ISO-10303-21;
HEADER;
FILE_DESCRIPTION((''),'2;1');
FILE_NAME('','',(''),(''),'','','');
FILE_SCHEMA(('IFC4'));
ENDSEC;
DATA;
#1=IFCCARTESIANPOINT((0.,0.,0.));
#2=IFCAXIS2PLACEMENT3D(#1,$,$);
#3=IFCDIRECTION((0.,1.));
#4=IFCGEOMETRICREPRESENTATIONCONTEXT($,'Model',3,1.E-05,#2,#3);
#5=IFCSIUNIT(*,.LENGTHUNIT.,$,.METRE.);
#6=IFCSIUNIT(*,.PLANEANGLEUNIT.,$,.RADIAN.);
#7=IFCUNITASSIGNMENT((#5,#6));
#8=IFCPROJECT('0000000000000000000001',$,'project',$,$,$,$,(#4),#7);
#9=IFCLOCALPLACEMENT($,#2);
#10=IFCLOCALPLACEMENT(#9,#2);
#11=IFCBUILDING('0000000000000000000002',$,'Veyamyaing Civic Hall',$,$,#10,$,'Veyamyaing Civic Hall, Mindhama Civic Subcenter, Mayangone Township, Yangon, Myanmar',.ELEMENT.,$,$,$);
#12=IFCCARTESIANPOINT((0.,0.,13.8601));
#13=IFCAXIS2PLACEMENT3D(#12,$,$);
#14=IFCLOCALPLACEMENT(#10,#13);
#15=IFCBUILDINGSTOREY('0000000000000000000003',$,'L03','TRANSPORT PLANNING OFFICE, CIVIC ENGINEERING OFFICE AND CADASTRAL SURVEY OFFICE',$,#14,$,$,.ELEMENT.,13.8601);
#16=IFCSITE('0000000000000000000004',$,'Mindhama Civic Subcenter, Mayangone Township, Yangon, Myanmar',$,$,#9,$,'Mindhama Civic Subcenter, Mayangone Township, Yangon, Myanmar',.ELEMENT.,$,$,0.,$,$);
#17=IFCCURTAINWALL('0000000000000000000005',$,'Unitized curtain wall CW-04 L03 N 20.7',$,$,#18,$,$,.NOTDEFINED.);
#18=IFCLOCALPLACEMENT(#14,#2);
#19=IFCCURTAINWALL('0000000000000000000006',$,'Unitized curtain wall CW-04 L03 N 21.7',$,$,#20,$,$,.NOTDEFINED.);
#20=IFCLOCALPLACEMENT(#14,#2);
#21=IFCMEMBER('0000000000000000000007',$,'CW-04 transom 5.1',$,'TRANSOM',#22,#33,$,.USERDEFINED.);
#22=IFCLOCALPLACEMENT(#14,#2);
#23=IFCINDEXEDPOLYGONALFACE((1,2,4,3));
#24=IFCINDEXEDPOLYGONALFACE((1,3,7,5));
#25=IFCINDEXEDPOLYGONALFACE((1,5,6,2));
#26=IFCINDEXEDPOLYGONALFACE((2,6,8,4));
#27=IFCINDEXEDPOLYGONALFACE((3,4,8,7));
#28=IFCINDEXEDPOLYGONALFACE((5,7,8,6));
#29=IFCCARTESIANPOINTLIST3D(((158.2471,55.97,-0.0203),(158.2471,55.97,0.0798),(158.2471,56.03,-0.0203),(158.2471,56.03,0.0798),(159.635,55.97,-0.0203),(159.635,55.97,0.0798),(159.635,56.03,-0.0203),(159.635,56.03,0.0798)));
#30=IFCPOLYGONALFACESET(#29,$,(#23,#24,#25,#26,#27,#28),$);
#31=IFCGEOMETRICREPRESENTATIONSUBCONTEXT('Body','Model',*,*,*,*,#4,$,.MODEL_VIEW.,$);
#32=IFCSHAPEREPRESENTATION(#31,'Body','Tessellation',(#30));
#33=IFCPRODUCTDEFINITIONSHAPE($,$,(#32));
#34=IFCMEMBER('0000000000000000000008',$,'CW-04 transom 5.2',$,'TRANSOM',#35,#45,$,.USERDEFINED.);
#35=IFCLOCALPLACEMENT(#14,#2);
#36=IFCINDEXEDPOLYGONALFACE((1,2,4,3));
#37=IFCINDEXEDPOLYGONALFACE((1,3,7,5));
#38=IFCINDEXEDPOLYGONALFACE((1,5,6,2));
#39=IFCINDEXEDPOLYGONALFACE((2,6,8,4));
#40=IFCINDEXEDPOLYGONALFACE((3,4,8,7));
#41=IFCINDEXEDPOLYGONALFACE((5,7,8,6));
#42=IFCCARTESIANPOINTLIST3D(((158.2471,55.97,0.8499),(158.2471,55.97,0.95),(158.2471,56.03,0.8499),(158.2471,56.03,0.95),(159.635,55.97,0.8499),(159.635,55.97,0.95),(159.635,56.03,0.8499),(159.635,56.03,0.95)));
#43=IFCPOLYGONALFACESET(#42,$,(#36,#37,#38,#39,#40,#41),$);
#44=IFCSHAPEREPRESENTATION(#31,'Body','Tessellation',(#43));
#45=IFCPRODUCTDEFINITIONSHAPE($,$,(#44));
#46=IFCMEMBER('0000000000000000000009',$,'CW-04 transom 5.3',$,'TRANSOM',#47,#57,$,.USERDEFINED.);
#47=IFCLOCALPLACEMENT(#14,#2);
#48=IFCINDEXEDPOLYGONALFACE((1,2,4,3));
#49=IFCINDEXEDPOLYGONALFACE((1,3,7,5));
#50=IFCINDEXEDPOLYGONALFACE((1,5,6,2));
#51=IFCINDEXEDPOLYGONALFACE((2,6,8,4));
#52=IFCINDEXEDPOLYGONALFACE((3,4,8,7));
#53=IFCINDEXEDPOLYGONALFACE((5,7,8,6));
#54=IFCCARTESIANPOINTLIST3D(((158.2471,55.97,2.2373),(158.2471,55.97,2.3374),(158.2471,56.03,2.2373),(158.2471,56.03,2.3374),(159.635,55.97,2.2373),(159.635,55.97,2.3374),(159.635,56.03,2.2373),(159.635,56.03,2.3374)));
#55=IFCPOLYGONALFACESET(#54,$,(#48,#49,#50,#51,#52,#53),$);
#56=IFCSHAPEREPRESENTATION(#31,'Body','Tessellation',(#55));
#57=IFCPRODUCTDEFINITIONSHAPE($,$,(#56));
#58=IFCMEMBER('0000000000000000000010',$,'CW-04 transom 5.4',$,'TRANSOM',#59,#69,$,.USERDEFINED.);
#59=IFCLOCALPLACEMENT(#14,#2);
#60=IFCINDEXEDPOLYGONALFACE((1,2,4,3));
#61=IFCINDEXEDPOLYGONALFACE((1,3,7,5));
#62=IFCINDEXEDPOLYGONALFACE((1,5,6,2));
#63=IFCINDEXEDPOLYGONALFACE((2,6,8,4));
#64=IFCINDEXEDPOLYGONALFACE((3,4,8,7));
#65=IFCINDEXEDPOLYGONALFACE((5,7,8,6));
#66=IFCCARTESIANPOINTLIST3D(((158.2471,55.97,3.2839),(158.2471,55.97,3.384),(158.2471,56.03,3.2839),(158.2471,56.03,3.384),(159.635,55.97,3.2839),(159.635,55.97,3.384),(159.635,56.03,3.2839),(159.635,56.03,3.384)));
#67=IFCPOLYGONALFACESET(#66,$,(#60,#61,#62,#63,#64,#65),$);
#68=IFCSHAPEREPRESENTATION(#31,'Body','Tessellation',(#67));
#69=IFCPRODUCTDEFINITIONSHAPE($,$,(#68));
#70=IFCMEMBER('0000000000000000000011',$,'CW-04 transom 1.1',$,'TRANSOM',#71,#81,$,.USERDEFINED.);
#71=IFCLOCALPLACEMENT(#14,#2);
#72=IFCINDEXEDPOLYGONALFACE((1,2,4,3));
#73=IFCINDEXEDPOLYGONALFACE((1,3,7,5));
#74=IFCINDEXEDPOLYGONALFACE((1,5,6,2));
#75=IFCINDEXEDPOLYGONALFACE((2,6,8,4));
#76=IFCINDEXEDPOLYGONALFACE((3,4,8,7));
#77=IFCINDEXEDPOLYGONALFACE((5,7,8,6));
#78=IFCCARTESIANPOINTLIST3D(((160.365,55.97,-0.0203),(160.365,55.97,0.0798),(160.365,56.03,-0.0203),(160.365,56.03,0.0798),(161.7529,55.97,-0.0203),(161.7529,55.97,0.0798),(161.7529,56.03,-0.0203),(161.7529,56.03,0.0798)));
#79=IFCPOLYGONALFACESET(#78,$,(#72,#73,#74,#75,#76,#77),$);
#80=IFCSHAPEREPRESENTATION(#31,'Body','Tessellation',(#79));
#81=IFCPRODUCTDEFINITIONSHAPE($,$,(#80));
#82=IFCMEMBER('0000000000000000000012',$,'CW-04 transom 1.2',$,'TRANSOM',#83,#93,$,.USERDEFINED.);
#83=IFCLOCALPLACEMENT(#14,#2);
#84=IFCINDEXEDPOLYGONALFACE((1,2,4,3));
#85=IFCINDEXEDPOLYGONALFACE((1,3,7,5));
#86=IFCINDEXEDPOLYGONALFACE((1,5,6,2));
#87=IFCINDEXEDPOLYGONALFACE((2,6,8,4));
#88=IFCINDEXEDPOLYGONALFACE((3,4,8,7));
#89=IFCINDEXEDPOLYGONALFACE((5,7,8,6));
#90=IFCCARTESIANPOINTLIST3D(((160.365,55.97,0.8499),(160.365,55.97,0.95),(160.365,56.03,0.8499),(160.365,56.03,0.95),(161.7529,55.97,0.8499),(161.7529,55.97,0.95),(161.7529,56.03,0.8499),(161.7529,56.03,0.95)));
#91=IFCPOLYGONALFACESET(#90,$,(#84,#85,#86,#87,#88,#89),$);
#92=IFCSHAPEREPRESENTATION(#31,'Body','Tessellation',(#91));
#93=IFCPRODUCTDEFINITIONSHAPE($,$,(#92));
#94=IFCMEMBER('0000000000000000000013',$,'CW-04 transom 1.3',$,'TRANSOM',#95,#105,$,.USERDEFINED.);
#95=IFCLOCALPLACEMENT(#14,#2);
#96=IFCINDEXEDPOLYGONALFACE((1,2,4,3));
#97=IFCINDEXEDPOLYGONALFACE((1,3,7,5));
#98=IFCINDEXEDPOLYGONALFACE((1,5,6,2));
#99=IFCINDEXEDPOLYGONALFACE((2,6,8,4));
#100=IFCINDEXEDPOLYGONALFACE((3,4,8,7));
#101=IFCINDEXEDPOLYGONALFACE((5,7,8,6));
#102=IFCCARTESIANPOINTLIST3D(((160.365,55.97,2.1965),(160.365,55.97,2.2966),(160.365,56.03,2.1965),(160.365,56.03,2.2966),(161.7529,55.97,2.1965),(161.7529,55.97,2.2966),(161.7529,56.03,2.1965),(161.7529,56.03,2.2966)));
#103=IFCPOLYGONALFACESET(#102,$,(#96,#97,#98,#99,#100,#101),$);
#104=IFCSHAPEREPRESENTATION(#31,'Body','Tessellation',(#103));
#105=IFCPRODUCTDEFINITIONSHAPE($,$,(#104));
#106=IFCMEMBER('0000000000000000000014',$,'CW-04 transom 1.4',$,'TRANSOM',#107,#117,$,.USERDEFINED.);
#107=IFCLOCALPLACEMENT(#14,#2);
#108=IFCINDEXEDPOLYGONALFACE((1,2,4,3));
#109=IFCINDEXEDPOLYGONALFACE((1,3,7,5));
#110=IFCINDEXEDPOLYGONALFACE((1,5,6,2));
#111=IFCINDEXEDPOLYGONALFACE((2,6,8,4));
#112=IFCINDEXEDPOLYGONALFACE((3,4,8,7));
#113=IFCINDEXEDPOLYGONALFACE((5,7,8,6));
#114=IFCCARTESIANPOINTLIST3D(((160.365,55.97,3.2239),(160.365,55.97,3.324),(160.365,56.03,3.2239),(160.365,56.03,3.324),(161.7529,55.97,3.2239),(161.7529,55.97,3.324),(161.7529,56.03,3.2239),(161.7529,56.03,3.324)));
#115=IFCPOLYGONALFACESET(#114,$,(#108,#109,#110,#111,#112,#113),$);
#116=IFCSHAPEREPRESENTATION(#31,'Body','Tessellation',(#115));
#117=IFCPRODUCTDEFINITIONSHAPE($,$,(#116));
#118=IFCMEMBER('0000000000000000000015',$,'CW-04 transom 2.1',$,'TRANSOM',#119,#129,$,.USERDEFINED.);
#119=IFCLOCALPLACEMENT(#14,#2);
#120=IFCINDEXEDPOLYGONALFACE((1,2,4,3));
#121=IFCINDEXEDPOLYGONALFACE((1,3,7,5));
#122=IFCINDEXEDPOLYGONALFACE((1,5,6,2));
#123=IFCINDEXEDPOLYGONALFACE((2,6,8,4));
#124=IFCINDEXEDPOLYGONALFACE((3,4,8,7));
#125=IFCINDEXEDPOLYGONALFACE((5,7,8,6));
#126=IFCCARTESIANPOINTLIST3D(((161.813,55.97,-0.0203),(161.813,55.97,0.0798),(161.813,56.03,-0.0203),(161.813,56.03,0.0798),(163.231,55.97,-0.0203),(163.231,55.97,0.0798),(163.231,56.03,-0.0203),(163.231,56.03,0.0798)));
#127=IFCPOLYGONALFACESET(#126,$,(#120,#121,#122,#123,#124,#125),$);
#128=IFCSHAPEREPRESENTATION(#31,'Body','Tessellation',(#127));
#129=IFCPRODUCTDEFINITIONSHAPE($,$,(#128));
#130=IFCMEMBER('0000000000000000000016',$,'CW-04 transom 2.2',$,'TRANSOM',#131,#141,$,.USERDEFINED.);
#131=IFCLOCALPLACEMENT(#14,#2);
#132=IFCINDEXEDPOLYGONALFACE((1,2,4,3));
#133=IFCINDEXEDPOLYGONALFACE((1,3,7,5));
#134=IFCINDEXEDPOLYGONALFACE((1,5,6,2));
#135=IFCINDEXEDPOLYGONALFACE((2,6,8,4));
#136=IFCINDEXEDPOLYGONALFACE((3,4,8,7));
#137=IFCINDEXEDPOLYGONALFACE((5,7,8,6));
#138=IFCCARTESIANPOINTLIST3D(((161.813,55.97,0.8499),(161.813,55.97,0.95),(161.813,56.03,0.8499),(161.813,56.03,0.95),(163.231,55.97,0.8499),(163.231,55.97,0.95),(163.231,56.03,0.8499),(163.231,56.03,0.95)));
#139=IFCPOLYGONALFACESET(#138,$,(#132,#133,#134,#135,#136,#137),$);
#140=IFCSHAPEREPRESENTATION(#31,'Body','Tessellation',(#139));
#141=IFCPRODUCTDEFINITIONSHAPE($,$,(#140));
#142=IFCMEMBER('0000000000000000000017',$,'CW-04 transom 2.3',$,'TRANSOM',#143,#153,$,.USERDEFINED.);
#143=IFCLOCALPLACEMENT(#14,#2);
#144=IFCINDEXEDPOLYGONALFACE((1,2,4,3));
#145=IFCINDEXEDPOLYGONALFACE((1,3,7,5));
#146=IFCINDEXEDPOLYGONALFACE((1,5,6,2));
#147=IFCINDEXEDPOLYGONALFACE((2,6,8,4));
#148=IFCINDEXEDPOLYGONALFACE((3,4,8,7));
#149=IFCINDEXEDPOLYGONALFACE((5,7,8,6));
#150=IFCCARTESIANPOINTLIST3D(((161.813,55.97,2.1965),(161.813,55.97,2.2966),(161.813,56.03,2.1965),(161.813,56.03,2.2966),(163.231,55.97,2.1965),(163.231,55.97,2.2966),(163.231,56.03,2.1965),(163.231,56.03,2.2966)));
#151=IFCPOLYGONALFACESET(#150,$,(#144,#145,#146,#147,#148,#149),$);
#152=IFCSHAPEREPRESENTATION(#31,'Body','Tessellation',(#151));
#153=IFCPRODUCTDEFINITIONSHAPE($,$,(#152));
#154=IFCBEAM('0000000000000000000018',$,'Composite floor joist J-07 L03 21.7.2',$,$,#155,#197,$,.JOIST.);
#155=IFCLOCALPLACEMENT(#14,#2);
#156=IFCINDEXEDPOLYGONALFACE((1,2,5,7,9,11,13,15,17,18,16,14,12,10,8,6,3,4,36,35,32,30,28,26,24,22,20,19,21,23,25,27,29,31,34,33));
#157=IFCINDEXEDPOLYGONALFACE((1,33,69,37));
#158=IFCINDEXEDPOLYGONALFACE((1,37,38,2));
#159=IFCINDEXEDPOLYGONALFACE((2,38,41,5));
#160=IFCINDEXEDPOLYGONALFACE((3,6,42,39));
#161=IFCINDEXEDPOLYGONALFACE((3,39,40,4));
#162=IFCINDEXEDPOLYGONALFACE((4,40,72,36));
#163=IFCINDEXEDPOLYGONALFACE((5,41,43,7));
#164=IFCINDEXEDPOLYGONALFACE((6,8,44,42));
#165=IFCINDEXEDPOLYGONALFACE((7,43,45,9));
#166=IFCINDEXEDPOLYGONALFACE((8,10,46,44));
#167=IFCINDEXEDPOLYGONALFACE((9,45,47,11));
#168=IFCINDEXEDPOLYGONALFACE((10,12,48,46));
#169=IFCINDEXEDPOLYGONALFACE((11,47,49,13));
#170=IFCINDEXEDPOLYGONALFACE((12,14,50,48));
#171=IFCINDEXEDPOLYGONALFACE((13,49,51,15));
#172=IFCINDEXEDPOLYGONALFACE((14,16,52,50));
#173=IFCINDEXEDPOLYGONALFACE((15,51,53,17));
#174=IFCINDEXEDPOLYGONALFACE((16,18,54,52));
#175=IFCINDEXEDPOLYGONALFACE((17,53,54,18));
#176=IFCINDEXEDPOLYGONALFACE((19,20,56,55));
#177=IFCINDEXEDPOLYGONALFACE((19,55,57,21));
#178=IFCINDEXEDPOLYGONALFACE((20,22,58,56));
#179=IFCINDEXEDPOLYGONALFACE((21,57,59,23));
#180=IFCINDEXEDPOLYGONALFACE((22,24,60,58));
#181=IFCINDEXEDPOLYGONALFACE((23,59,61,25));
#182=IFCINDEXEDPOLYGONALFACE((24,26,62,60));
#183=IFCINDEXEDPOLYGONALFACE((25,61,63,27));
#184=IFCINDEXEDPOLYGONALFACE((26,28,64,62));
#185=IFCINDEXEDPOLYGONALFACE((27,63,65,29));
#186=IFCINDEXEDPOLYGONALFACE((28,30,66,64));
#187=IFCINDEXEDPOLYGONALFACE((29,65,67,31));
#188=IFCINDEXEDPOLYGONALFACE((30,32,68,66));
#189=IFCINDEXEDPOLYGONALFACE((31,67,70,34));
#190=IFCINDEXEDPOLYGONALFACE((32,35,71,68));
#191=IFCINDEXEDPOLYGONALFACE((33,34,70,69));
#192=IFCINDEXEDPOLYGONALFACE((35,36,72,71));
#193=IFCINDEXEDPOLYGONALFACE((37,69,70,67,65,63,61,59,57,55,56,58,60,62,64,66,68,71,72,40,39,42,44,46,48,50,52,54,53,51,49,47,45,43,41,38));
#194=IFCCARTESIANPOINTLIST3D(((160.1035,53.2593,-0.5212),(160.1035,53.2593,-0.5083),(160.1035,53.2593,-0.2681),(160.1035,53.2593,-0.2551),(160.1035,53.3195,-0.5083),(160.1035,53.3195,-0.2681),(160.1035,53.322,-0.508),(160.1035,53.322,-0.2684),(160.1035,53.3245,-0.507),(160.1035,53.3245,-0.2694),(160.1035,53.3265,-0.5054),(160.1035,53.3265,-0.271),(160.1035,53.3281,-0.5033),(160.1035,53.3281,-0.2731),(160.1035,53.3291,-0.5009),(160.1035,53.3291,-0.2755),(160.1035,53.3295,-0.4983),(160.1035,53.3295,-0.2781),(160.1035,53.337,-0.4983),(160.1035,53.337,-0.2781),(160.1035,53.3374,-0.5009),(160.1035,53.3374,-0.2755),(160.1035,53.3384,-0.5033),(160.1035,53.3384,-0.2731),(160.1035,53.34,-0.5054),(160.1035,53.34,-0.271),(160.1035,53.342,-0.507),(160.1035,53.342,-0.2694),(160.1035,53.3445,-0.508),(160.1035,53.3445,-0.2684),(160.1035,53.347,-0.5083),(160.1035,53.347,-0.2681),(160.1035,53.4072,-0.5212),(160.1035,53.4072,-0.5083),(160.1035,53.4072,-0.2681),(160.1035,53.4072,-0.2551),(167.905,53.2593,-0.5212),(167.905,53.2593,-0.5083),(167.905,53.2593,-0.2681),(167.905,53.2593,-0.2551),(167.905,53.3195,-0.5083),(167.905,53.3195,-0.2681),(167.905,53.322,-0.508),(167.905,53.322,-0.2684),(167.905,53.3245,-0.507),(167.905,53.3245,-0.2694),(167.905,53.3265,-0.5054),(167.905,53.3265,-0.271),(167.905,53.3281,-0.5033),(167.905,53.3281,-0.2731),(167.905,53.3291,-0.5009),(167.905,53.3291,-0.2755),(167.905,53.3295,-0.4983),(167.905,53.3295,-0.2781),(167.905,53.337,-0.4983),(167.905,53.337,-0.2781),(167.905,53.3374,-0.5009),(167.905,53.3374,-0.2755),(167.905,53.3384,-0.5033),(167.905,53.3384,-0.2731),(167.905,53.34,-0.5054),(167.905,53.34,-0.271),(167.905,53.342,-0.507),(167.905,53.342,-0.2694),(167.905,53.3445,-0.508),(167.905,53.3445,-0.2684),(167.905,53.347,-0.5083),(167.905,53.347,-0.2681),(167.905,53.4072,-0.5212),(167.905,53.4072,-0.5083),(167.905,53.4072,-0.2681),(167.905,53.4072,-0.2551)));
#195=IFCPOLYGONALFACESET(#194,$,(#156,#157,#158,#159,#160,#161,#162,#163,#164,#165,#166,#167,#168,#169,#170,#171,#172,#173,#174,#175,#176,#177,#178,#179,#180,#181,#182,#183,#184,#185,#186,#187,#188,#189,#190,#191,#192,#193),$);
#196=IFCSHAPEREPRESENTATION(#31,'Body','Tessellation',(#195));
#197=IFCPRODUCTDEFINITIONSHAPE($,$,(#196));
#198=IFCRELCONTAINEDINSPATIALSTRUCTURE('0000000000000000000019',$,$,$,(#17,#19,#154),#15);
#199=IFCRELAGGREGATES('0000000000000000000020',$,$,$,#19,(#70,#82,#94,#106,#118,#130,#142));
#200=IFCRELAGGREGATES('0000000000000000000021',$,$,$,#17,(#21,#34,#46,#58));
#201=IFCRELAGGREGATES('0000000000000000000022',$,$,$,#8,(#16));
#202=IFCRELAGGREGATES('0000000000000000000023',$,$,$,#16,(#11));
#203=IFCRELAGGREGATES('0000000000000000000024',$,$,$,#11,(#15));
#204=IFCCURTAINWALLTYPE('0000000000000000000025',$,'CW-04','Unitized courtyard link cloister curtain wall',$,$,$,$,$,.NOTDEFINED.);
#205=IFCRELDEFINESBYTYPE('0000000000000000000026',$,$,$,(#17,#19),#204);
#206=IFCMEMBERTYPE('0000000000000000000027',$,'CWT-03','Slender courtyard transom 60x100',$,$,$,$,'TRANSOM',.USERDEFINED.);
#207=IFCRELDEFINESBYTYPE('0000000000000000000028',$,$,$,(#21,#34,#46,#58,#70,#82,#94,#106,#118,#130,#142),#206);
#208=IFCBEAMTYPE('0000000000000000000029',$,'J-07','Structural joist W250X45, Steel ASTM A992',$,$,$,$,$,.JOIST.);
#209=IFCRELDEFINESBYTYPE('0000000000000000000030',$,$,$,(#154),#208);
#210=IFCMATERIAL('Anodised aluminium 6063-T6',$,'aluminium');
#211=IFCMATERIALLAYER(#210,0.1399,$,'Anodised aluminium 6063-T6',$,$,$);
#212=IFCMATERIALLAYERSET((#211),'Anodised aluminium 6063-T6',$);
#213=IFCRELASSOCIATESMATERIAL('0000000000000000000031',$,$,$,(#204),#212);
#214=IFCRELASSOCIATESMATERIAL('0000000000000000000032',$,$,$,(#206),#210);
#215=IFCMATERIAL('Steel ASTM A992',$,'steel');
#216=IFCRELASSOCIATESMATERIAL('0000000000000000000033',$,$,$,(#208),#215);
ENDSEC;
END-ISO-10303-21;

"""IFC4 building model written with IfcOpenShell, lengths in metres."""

from ifc_helpers import new_model, si_unit, direction, frame, origin, origin_2d, place, context, subcontext, project, spatial, rectangle, i_section, extrude, material, layer, layer_set, material_profile, profile_set, type_object, element, aggregate, save


model = new_model("IFC4")

# Units and contexts
model_context = context("Model", 3, precision=1e-05, world=origin(), true_north=direction((0.0, 1.0)))
body_context = subcontext(model_context, "Body", "Model", "MODEL_VIEW")
ifc_project = project(units=[si_unit("LENGTHUNIT", "METRE"), si_unit("PLANEANGLEUNIT", "RADIAN")], contexts=[model_context])

# Site, building, storey
site_placement = place(None, origin())
site = spatial("IfcSite", under=ifc_project, at=site_placement, Name="Mindhama Civic Subcenter, Mayangone Township, Yangon, Myanmar", LongName="Mindhama Civic Subcenter, Mayangone Township, Yangon, Myanmar", CompositionType="ELEMENT", RefElevation=0.0)
building_placement = place(site_placement, origin())
building = spatial("IfcBuilding", under=site, at=building_placement, Name="Veyamyaing Civic Hall", LongName="Veyamyaing Civic Hall, Mindhama Civic Subcenter, Mayangone Township, Yangon, Myanmar", CompositionType="ELEMENT")
storey_placement = place(building_placement, frame((0.0, 0.0, 13.8601)))
storey = spatial("IfcBuildingStorey", under=building, at=storey_placement, Name="L03", Description="TRANSPORT PLANNING OFFICE, CIVIC ENGINEERING OFFICE AND CADASTRAL SURVEY OFFICE", CompositionType="ELEMENT", Elevation=13.8601)

# Shared definitions
ifc_material_1 = material(Name="Steel ASTM A992", Category="steel")

# Curtain walls
ifc_material_2 = material(Name="Anodised aluminium 6063-T6", Category="aluminium")
ifc_layer_1 = layer(ifc_material_2, 0.1399, Name="Anodised aluminium 6063-T6")
ifc_layer_set_1 = layer_set([ifc_layer_1], Name="Anodised aluminium 6063-T6")
curtain_wall_type = type_object("IfcCurtainWallType", Name="CW-04", Description="Unitized courtyard link cloister curtain wall", PredefinedType="NOTDEFINED", material=ifc_layer_set_1)
curtain_wall_1_placement = place(storey_placement, origin())
curtain_wall_1 = element("IfcCurtainWall", 1, at=curtain_wall_1_placement, inside=storey, type_object=curtain_wall_type, Name="Unitized curtain wall CW-04 L03 N 20.7", PredefinedType="NOTDEFINED")
curtain_wall_2_placement = place(storey_placement, origin())
curtain_wall_2 = element("IfcCurtainWall", 2, at=curtain_wall_2_placement, inside=storey, type_object=curtain_wall_type, Name="Unitized curtain wall CW-04 L03 N 21.7", PredefinedType="NOTDEFINED")

# Members
ifc_material_profile_1 = material_profile(ifc_material_2, rectangle(XDim=0.0601, YDim=0.1001, at=origin_2d()), Name="ALU-TRN-60X100")
ifc_profile_set_1 = profile_set([ifc_material_profile_1], Name="Anodised aluminium 6063-T6")
member_type_1 = type_object("IfcMemberType", Name="CWT-03", Description="Slender courtyard transom 60x100", ElementType="TRANSOM", PredefinedType="USERDEFINED", material=ifc_profile_set_1)
member_1_placement = place(storey_placement, frame((158.2471, 56.0, 0.0298), z_axis=(1.0, 0.0, 0.0), x_axis=(0.0, 1.0, 0.0)))
member_1 = element("IfcMember", 3, at=member_1_placement, type_object=member_type_1, Name="CW-04 transom 5.1", ObjectType="TRANSOM", PredefinedType="USERDEFINED", context=body_context, shape_type="SweptSolid", body=[
    extrude(rectangle(XDim=0.0601, YDim=0.1001, at=origin_2d()), origin(), (0.0, 0.0, 1.0), 1.3879),
])
member_2_placement = place(storey_placement, frame((158.2471, 56.0, 0.8999), z_axis=(1.0, 0.0, 0.0), x_axis=(0.0, 1.0, 0.0)))
member_2 = element("IfcMember", 4, at=member_2_placement, type_object=member_type_1, Name="CW-04 transom 5.2", ObjectType="TRANSOM", PredefinedType="USERDEFINED", context=body_context, shape_type="SweptSolid", body=[
    extrude(rectangle(XDim=0.0601, YDim=0.1001, at=origin_2d()), origin(), (0.0, 0.0, 1.0), 1.3879),
])
member_3_placement = place(storey_placement, frame((158.2471, 56.0, 2.2874), z_axis=(1.0, 0.0, 0.0), x_axis=(0.0, 1.0, 0.0)))
member_3 = element("IfcMember", 5, at=member_3_placement, type_object=member_type_1, Name="CW-04 transom 5.3", ObjectType="TRANSOM", PredefinedType="USERDEFINED", context=body_context, shape_type="SweptSolid", body=[
    extrude(rectangle(XDim=0.0601, YDim=0.1001, at=origin_2d()), origin(), (0.0, 0.0, 1.0), 1.3879),
])
member_4_placement = place(storey_placement, frame((158.2471, 56.0, 3.334), z_axis=(1.0, 0.0, 0.0), x_axis=(0.0, 1.0, 0.0)))
member_4 = element("IfcMember", 6, at=member_4_placement, type_object=member_type_1, Name="CW-04 transom 5.4", ObjectType="TRANSOM", PredefinedType="USERDEFINED", context=body_context, shape_type="SweptSolid", body=[
    extrude(rectangle(XDim=0.0601, YDim=0.1001, at=origin_2d()), origin(), (0.0, 0.0, 1.0), 1.3879),
])
member_5_placement = place(storey_placement, frame((160.365, 56.0, 0.0298), z_axis=(1.0, 0.0, 0.0), x_axis=(0.0, 1.0, 0.0)))
member_5 = element("IfcMember", 7, at=member_5_placement, type_object=member_type_1, Name="CW-04 transom 1.1", ObjectType="TRANSOM", PredefinedType="USERDEFINED", context=body_context, shape_type="SweptSolid", body=[
    extrude(rectangle(XDim=0.0601, YDim=0.1001, at=origin_2d()), origin(), (0.0, 0.0, 1.0), 1.3879),
])
member_6_placement = place(storey_placement, frame((160.365, 56.0, 0.8999), z_axis=(1.0, 0.0, 0.0), x_axis=(0.0, 1.0, 0.0)))
member_6 = element("IfcMember", 8, at=member_6_placement, type_object=member_type_1, Name="CW-04 transom 1.2", ObjectType="TRANSOM", PredefinedType="USERDEFINED", context=body_context, shape_type="SweptSolid", body=[
    extrude(rectangle(XDim=0.0601, YDim=0.1001, at=origin_2d()), origin(), (0.0, 0.0, 1.0), 1.3879),
])
member_7_placement = place(storey_placement, frame((160.365, 56.0, 2.2466), z_axis=(1.0, 0.0, 0.0), x_axis=(0.0, 1.0, 0.0)))
member_7 = element("IfcMember", 9, at=member_7_placement, type_object=member_type_1, Name="CW-04 transom 1.3", ObjectType="TRANSOM", PredefinedType="USERDEFINED", context=body_context, shape_type="SweptSolid", body=[
    extrude(rectangle(XDim=0.0601, YDim=0.1001, at=origin_2d()), origin(), (0.0, 0.0, 1.0), 1.3879),
])
member_8_placement = place(storey_placement, frame((160.365, 56.0, 3.2739), z_axis=(1.0, 0.0, 0.0), x_axis=(0.0, 1.0, 0.0)))
member_8 = element("IfcMember", 10, at=member_8_placement, type_object=member_type_1, Name="CW-04 transom 1.4", ObjectType="TRANSOM", PredefinedType="USERDEFINED", context=body_context, shape_type="SweptSolid", body=[
    extrude(rectangle(XDim=0.0601, YDim=0.1001, at=origin_2d()), origin(), (0.0, 0.0, 1.0), 1.3879),
])
member_9_placement = place(storey_placement, frame((161.813, 56.0, 0.0298), z_axis=(1.0, 0.0, 0.0), x_axis=(0.0, 1.0, 0.0)))
member_9 = element("IfcMember", 11, at=member_9_placement, type_object=member_type_1, Name="CW-04 transom 2.1", ObjectType="TRANSOM", PredefinedType="USERDEFINED", context=body_context, shape_type="SweptSolid", body=[
    extrude(rectangle(XDim=0.0601, YDim=0.1001, at=origin_2d()), origin(), (0.0, 0.0, 1.0), 1.418),
])
member_10_placement = place(storey_placement, frame((161.813, 56.0, 0.8999), z_axis=(1.0, 0.0, 0.0), x_axis=(0.0, 1.0, 0.0)))
member_10 = element("IfcMember", 12, at=member_10_placement, type_object=member_type_1, Name="CW-04 transom 2.2", ObjectType="TRANSOM", PredefinedType="USERDEFINED", context=body_context, shape_type="SweptSolid", body=[
    extrude(rectangle(XDim=0.0601, YDim=0.1001, at=origin_2d()), origin(), (0.0, 0.0, 1.0), 1.418),
])
member_11_placement = place(storey_placement, frame((161.813, 56.0, 2.2466), z_axis=(1.0, 0.0, 0.0), x_axis=(0.0, 1.0, 0.0)))
member_11 = element("IfcMember", 13, at=member_11_placement, type_object=member_type_1, Name="CW-04 transom 2.3", ObjectType="TRANSOM", PredefinedType="USERDEFINED", context=body_context, shape_type="SweptSolid", body=[
    extrude(rectangle(XDim=0.0601, YDim=0.1001, at=origin_2d()), origin(), (0.0, 0.0, 1.0), 1.418),
])

# Beam
ifc_material_profile_2 = material_profile(ifc_material_1, i_section(OverallWidth=0.1479, OverallDepth=0.2661, WebThickness=0.0076, FlangeThickness=0.0129, FilletRadius=0.01, at=origin_2d()), Name="W250X45")
ifc_profile_set_2 = profile_set([ifc_material_profile_2], Name="Steel ASTM A992")
beam_type_1 = type_object("IfcBeamType", Name="J-07", Description="Structural joist W250X45, Steel ASTM A992", PredefinedType="JOIST", material=ifc_profile_set_2)
beam_1_placement = place(storey_placement, frame((160.1035, 53.3333, -0.3882), z_axis=(1.0, 0.0, 0.0), x_axis=(0.0, 1.0, 0.0)))
element("IfcBeam", 14, at=beam_1_placement, inside=storey, type_object=beam_type_1, Name="Composite floor joist J-07 L03 21.7.2", PredefinedType="JOIST", context=body_context, shape_type="SweptSolid", body=[
    extrude(i_section(OverallWidth=0.1479, OverallDepth=0.2661, WebThickness=0.0076, FlangeThickness=0.0129, FilletRadius=0.01, at=origin_2d()), origin(), (0.0, 0.0, 1.0), 7.8015),
])

aggregate(curtain_wall_2, [member_5, member_6, member_7, member_8, member_9, member_10, member_11])
aggregate(curtain_wall_1, [member_1, member_2, member_3, member_4])

save(model, "model.ifc")
